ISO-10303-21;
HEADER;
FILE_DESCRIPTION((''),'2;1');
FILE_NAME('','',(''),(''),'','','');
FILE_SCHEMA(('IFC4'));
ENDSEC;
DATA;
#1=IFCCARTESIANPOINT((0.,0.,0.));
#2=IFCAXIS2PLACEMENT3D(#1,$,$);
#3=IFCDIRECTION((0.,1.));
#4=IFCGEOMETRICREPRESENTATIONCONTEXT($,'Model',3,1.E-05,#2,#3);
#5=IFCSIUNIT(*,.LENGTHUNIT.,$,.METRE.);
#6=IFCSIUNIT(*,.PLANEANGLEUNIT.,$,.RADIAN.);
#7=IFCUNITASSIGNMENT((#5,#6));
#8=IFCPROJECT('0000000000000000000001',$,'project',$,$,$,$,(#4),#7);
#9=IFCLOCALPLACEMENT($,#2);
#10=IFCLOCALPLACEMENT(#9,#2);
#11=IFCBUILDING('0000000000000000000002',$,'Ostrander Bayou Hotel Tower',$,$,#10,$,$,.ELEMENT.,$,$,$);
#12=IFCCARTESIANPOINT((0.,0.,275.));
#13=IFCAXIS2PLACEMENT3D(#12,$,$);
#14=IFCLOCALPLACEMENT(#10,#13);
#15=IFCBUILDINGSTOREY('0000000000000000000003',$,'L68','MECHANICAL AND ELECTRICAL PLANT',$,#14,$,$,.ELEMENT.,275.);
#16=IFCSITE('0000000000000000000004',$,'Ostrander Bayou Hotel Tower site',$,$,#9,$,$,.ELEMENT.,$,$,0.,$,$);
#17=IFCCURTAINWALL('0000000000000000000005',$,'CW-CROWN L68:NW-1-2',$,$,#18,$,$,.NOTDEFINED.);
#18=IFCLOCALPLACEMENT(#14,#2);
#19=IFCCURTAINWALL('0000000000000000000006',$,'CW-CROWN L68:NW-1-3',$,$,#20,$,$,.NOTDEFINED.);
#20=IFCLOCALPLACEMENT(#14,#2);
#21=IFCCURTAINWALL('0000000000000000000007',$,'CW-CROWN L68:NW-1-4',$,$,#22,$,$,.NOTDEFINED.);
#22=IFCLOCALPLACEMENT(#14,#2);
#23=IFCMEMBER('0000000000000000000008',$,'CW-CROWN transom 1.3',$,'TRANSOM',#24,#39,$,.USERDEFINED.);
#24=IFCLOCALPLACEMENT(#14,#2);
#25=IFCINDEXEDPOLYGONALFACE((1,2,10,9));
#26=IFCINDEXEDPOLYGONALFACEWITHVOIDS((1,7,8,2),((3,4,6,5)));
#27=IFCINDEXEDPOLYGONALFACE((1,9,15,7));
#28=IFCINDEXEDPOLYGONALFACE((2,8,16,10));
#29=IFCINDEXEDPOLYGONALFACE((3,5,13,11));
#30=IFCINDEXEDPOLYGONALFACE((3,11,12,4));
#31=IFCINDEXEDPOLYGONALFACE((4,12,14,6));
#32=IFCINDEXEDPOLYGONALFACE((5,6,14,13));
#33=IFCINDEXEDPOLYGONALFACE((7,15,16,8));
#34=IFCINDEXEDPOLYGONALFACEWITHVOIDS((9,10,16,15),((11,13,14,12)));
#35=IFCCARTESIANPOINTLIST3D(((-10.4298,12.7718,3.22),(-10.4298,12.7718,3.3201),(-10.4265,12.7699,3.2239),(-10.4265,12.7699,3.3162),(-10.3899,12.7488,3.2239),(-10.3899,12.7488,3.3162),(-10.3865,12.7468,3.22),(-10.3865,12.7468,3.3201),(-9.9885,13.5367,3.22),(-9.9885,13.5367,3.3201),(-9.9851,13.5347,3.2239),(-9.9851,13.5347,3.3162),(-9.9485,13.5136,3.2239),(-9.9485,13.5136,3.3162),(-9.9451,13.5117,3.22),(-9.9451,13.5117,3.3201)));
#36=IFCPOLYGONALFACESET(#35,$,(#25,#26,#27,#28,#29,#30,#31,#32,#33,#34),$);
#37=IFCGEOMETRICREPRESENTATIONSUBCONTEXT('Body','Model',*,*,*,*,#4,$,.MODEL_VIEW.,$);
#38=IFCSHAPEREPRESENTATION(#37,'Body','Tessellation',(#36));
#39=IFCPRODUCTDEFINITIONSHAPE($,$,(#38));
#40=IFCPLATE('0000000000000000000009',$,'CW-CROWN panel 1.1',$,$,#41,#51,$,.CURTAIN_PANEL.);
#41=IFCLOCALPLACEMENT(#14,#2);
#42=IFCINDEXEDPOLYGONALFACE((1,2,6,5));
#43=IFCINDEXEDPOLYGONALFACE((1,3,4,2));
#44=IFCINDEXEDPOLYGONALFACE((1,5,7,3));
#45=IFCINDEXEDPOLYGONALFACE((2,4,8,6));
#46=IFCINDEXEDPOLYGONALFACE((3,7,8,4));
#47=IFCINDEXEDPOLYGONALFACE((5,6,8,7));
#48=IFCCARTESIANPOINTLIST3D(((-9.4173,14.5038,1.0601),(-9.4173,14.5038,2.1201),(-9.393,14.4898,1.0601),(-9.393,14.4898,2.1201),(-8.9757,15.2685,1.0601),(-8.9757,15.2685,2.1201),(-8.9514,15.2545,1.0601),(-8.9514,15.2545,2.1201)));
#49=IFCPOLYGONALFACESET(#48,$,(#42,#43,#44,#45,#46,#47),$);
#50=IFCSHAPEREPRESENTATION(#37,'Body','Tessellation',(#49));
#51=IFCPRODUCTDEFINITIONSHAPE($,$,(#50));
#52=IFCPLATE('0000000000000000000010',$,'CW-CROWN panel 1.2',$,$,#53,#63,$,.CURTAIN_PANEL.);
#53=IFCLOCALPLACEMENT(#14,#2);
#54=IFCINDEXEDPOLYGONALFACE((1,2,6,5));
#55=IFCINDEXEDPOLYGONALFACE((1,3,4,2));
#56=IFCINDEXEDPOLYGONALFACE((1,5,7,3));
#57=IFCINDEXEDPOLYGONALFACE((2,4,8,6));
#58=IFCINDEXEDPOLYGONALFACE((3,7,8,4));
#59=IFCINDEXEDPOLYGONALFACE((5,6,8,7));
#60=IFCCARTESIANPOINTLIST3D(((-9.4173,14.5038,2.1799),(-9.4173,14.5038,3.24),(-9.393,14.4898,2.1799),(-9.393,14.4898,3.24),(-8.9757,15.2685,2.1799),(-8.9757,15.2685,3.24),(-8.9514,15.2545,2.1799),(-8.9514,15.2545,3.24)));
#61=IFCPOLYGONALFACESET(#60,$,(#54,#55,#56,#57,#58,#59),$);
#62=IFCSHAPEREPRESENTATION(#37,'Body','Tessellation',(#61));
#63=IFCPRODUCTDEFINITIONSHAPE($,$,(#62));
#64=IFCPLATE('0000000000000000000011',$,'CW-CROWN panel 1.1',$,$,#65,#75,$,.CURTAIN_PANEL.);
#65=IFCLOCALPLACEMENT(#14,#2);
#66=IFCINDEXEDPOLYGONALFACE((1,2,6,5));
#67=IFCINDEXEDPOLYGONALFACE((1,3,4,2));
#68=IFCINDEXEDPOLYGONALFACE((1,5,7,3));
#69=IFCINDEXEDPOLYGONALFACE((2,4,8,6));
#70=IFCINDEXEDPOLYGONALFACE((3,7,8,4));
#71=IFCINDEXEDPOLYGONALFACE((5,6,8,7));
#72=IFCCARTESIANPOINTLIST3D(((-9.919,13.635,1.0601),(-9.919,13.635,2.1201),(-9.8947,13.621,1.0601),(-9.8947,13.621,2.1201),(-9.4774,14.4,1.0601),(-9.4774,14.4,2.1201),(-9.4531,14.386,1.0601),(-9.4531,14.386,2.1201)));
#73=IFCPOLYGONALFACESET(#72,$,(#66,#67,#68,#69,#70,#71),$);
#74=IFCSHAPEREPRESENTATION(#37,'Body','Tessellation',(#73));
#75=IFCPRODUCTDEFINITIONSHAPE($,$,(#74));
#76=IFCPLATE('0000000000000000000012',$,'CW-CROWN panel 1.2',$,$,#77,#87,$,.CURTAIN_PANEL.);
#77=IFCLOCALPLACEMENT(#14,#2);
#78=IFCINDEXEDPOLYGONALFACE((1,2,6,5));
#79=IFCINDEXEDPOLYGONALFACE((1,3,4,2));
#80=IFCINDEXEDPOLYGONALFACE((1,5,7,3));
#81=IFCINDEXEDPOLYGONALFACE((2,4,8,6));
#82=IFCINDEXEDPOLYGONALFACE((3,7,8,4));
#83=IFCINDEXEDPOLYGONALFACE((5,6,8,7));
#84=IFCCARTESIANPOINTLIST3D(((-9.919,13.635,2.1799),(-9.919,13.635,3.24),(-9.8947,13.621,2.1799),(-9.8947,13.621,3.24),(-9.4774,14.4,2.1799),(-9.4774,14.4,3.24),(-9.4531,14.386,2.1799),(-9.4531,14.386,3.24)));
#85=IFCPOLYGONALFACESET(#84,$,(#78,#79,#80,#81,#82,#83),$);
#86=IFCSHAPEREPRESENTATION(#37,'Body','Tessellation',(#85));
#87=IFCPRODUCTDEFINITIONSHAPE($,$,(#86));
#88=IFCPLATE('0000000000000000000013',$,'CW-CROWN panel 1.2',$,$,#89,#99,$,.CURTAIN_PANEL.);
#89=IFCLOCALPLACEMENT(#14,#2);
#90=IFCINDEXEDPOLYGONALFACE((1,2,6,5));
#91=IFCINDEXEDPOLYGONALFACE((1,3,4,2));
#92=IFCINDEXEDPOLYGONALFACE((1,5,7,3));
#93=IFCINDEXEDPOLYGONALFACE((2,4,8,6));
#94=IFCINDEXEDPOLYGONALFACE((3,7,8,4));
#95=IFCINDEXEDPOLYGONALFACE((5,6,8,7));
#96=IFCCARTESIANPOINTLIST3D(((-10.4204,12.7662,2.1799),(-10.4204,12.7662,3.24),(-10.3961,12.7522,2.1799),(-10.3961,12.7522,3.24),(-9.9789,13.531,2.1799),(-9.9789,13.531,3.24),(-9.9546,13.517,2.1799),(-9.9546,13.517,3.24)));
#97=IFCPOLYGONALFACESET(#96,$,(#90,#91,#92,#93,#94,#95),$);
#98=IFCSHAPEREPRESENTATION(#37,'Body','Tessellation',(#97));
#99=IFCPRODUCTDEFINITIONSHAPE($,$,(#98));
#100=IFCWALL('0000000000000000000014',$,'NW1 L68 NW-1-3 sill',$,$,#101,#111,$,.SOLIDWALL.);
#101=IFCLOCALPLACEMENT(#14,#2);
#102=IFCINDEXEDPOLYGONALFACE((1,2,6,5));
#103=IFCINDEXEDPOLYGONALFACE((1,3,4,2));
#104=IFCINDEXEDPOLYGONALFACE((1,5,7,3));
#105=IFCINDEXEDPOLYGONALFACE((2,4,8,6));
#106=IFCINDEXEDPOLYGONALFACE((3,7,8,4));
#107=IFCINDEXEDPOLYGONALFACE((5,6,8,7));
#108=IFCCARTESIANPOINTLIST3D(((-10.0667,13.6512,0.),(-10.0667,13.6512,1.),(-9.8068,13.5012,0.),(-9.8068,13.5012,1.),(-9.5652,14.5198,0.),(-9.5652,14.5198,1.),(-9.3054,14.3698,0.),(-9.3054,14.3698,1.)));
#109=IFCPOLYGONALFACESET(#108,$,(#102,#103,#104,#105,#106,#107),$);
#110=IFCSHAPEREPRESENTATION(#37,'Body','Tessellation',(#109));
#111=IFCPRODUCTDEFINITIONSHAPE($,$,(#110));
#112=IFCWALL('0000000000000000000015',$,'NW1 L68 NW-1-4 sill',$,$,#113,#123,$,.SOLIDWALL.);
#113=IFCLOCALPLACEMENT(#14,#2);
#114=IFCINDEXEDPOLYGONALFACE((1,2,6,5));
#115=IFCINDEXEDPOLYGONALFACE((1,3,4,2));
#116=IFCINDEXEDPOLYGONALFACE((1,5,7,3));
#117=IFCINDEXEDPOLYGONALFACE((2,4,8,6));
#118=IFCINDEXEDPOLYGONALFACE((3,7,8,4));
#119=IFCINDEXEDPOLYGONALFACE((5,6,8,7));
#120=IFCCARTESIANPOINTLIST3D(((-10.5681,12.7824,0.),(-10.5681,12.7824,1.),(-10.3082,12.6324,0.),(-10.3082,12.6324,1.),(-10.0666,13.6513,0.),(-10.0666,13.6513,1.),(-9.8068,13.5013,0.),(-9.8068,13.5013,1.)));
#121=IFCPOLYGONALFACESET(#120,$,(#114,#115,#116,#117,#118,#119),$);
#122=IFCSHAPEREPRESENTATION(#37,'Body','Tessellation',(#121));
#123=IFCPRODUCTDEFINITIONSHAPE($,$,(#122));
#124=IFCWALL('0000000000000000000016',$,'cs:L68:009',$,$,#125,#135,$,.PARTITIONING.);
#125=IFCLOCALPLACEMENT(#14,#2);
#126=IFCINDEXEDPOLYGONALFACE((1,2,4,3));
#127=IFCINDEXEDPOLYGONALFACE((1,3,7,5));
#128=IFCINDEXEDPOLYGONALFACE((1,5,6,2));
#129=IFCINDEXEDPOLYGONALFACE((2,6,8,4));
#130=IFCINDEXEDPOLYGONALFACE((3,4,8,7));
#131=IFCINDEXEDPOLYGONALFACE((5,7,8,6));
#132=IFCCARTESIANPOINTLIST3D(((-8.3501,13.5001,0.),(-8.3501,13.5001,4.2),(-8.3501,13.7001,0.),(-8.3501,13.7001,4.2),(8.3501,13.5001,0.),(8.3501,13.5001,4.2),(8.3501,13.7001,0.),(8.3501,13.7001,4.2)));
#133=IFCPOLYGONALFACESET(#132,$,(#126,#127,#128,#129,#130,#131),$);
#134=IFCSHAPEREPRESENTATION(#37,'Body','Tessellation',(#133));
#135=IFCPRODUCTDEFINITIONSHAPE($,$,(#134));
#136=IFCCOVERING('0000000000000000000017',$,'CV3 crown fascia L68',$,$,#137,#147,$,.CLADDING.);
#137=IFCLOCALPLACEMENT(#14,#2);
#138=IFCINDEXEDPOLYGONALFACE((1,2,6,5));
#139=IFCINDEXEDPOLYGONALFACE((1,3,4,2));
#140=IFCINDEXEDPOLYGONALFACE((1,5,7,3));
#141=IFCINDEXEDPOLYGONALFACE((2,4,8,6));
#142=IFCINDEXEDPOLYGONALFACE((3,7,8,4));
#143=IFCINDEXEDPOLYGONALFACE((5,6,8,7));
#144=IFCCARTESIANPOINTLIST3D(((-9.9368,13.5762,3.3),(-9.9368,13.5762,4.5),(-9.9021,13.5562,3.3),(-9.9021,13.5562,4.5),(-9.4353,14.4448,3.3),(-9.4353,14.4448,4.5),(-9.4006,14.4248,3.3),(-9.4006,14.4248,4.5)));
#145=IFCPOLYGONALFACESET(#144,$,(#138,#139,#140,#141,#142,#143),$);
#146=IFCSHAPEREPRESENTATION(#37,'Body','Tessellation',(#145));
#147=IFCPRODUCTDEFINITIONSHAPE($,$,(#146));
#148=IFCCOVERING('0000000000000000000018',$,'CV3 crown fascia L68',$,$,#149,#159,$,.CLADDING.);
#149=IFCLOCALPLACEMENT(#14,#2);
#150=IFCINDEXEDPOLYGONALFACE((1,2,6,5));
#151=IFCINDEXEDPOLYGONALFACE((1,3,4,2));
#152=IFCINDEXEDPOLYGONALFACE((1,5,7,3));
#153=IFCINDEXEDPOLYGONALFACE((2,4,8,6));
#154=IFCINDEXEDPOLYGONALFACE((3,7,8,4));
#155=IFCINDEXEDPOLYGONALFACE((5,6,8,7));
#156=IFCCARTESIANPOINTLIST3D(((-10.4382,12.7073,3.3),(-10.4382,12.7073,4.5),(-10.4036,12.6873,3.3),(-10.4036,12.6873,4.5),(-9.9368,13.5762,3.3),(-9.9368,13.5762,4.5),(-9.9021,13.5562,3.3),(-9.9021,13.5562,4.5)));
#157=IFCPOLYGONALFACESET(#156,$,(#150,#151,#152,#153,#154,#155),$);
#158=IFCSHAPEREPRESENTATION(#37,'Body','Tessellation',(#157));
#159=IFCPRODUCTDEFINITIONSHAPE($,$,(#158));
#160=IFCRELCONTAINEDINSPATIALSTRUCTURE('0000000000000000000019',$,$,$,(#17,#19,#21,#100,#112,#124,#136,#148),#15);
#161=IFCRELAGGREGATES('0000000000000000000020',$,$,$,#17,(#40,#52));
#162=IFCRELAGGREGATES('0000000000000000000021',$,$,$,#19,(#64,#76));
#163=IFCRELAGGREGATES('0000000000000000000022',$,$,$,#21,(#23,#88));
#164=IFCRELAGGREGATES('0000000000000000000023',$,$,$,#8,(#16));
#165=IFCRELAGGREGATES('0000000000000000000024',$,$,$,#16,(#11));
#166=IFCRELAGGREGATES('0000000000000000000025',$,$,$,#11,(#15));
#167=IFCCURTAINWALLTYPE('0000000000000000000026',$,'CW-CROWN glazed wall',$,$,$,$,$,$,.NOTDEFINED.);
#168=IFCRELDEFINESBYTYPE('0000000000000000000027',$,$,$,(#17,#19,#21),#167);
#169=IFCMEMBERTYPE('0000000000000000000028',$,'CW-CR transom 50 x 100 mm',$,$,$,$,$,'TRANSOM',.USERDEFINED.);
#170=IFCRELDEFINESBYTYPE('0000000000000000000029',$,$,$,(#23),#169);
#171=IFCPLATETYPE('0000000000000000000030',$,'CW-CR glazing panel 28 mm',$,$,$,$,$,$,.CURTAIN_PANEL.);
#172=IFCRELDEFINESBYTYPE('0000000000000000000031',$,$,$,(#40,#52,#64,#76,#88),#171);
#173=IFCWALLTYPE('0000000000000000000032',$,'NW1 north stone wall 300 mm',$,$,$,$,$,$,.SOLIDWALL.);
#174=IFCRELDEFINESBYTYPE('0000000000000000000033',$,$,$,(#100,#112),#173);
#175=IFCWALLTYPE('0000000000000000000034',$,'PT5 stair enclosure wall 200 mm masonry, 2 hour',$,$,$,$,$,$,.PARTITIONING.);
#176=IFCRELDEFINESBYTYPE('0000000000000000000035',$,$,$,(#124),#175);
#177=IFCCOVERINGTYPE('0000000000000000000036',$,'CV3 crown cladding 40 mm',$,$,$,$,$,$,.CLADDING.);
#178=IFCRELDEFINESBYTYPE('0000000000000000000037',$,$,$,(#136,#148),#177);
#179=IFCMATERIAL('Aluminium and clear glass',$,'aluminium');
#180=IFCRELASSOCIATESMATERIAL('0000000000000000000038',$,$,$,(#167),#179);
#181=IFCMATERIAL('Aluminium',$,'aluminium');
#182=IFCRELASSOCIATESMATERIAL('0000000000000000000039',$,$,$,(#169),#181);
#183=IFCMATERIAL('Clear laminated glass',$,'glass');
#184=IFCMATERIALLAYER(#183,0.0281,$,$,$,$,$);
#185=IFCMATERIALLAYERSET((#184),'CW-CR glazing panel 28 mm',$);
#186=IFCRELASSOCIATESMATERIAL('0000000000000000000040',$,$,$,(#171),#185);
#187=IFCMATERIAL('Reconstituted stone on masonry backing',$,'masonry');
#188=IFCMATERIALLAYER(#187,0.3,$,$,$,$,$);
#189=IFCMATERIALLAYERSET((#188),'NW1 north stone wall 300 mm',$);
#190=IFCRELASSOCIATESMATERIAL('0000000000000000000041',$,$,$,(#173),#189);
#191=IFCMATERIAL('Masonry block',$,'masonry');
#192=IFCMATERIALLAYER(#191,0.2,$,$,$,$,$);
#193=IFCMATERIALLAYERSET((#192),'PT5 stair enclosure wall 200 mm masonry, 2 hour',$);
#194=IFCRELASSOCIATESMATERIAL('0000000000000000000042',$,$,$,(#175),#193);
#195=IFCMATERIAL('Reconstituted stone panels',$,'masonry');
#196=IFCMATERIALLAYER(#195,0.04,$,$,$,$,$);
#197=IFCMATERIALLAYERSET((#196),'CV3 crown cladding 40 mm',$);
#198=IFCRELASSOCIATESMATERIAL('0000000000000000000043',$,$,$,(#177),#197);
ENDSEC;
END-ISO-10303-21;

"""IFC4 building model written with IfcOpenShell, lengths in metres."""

from ifc_helpers import new_model, si_unit, direction, frame, frame_2d, origin, origin_2d, place, context, subcontext, project, spatial, polyline, rectangle, hollow_rectangle, outline, extrude, material, layer, layer_set, material_profile, profile_set, type_object, element, aggregate, save


model = new_model("IFC4")

# Units and contexts
model_context = context("Model", 3, precision=1e-05, world=origin(), true_north=direction((0.0, 1.0)))
body_context = subcontext(model_context, "Body", "Model", "MODEL_VIEW")
ifc_project = project(units=[si_unit("LENGTHUNIT", "METRE"), si_unit("PLANEANGLEUNIT", "RADIAN")], contexts=[model_context])

# Site, building, storey
site_placement = place(None, origin())
site = spatial("IfcSite", under=ifc_project, at=site_placement, Name="Ostrander Bayou Hotel Tower site", CompositionType="ELEMENT", RefElevation=0.0)
building_placement = place(site_placement, origin())
building = spatial("IfcBuilding", under=site, at=building_placement, Name="Ostrander Bayou Hotel Tower", CompositionType="ELEMENT")
storey_placement = place(building_placement, frame((0.0, 0.0, 275.0)))
storey = spatial("IfcBuildingStorey", under=building, at=storey_placement, Name="L68", Description="MECHANICAL AND ELECTRICAL PLANT", CompositionType="ELEMENT", Elevation=275.0)

# Curtain wall
ifc_material_1 = material(Name="Aluminium and clear glass", Category="aluminium")
curtain_wall_type = type_object("IfcCurtainWallType", Name="CW-CROWN glazed wall", PredefinedType="NOTDEFINED", material=ifc_material_1)
curtain_wall_1_placement = place(storey_placement, origin())
curtain_wall_1 = element("IfcCurtainWall", 1, at=curtain_wall_1_placement, inside=storey, type_object=curtain_wall_type, Name="CW-CROWN L68:NW-1-2", PredefinedType="NOTDEFINED")

# Curtain wall
curtain_wall_2_placement = place(storey_placement, origin())
curtain_wall_2 = element("IfcCurtainWall", 2, at=curtain_wall_2_placement, inside=storey, type_object=curtain_wall_type, Name="CW-CROWN L68:NW-1-3", PredefinedType="NOTDEFINED")

# Curtain wall
curtain_wall_3_placement = place(storey_placement, origin())
curtain_wall_3 = element("IfcCurtainWall", 3, at=curtain_wall_3_placement, inside=storey, type_object=curtain_wall_type, Name="CW-CROWN L68:NW-1-4", PredefinedType="NOTDEFINED")

# Member
ifc_material_2 = material(Name="Aluminium", Category="aluminium")
ifc_material_profile_1 = material_profile(ifc_material_2, hollow_rectangle(XDim=0.05, YDim=0.1001, WallThickness=0.0039, at=origin_2d()))
ifc_profile_set_1 = profile_set([ifc_material_profile_1], Name="Aluminium")
member_type_1 = type_object("IfcMemberType", Name="CW-CR transom 50 x 100 mm", ElementType="TRANSOM", PredefinedType="USERDEFINED", material=ifc_profile_set_1)
member_1_placement = place(storey_placement, frame((-9.9668, 13.5242, 3.27), z_axis=(-0.499826, -0.866126, 0.0), x_axis=(0.866126, -0.499826, 0.0)))
member_1 = element("IfcMember", 4, at=member_1_placement, type_object=member_type_1, Name="CW-CROWN transom 1.3", ObjectType="TRANSOM", PredefinedType="USERDEFINED", context=body_context, shape_type="SweptSolid", body=[
    extrude(hollow_rectangle(XDim=0.05, YDim=0.1001, WallThickness=0.0039, at=origin_2d()), origin(), (0.0, 0.0, 1.0), 0.8831),
])

# Plates
ifc_material_3 = material(Name="Clear laminated glass", Category="glass")
ifc_layer_1 = layer(ifc_material_3, 0.0281)
ifc_layer_set_1 = layer_set([ifc_layer_1], Name="CW-CR glazing panel 28 mm")
plate_type = type_object("IfcPlateType", Name="CW-CR glazing panel 28 mm", PredefinedType="CURTAIN_PANEL", material=ifc_layer_set_1)
plate_1_placement = place(storey_placement, frame((-9.1843, 14.8792, 1.0601), z_axis=(0.0, 0.0, 1.0), x_axis=(-0.500042, -0.866001, 0.0)))
plate_1 = element("IfcPlate", 5, at=plate_1_placement, type_object=plate_type, Name="CW-CROWN panel 1.1", PredefinedType="CURTAIN_PANEL", context=body_context, shape_type="SweptSolid", body=[
    extrude(rectangle(XDim=0.8831, YDim=0.0281, at=origin_2d()), origin(), (0.0, 0.0, 1.0), 1.0601),
])
plate_2_placement = place(storey_placement, frame((-9.1843, 14.8792, 2.1799), z_axis=(0.0, 0.0, 1.0), x_axis=(-0.500042, -0.866001, 0.0)))
plate_2 = element("IfcPlate", 6, at=plate_2_placement, type_object=plate_type, Name="CW-CROWN panel 1.2", PredefinedType="CURTAIN_PANEL", context=body_context, shape_type="SweptSolid", body=[
    extrude(rectangle(XDim=0.8831, YDim=0.0281, at=origin_2d()), origin(), (0.0, 0.0, 1.0), 1.0601),
])
aggregate(curtain_wall_1, [plate_1, plate_2])
plate_3_placement = place(storey_placement, frame((-9.686, 14.0105, 1.0601), z_axis=(0.0, 0.0, 1.0), x_axis=(-0.499999, -0.866026, 0.0)))
plate_3 = element("IfcPlate", 7, at=plate_3_placement, type_object=plate_type, Name="CW-CROWN panel 1.1", PredefinedType="CURTAIN_PANEL", context=body_context, shape_type="SweptSolid", body=[
    extrude(rectangle(XDim=0.8833, YDim=0.0281, at=origin_2d()), origin(), (0.0, 0.0, 1.0), 1.0601),
])
plate_4_placement = place(storey_placement, frame((-9.686, 14.0105, 2.1799), z_axis=(0.0, 0.0, 1.0), x_axis=(-0.499999, -0.866026, 0.0)))
plate_4 = element("IfcPlate", 8, at=plate_4_placement, type_object=plate_type, Name="CW-CROWN panel 1.2", PredefinedType="CURTAIN_PANEL", context=body_context, shape_type="SweptSolid", body=[
    extrude(rectangle(XDim=0.8833, YDim=0.0281, at=origin_2d()), origin(), (0.0, 0.0, 1.0), 1.0601),
])
aggregate(curtain_wall_2, [plate_3, plate_4])
plate_5_placement = place(storey_placement, frame((-10.1875, 13.1416, 2.1799), z_axis=(0.0, 0.0, 1.0), x_axis=(-0.499924, -0.866069, 0.0)))
plate_5 = element("IfcPlate", 9, at=plate_5_placement, type_object=plate_type, Name="CW-CROWN panel 1.2", PredefinedType="CURTAIN_PANEL", context=body_context, shape_type="SweptSolid", body=[
    extrude(rectangle(XDim=0.8831, YDim=0.0281, at=origin_2d()), origin(), (0.0, 0.0, 1.0), 1.0601),
])
aggregate(curtain_wall_3, [member_1, plate_5])

# Walls
ifc_material_4 = material(Name="Reconstituted stone on masonry backing", Category="masonry")
ifc_layer_2 = layer(ifc_material_4, 0.3)
ifc_layer_set_2 = layer_set([ifc_layer_2], Name="NW1 north stone wall 300 mm")
wall_type_1 = type_object("IfcWallType", Name="NW1 north stone wall 300 mm", PredefinedType="SOLIDWALL", material=ifc_layer_set_2)
wall_1_placement = place(storey_placement, frame((-9.4353, 14.4448, 0.0), z_axis=(0.0, 0.0, 1.0), x_axis=(-0.499961, -0.866048, 0.0)))
element("IfcWall", 10, at=wall_1_placement, inside=storey, type_object=wall_type_1, Name="NW1 L68 NW-1-3 sill", PredefinedType="SOLIDWALL", context=body_context, shape_type="SweptSolid", body=[
    extrude(rectangle(XDim=1.0029, YDim=0.3, at=frame_2d((0.5015, 0.0))), origin(), (0.0, 0.0, 1.0), 1.0),
])
wall_2_placement = place(storey_placement, frame((-9.9368, 13.5762, 0.0), z_axis=(0.0, 0.0, 1.0), x_axis=(-0.499856, -0.866109, 0.0)))
element("IfcWall", 11, at=wall_2_placement, inside=storey, type_object=wall_type_1, Name="NW1 L68 NW-1-4 sill", PredefinedType="SOLIDWALL", context=body_context, shape_type="SweptSolid", body=[
    extrude(rectangle(XDim=1.0032, YDim=0.3, at=frame_2d((0.5015, 0.0))), origin(), (0.0, 0.0, 1.0), 1.0),
])
ifc_material_5 = material(Name="Masonry block", Category="masonry")
ifc_layer_3 = layer(ifc_material_5, 0.2)
ifc_layer_set_3 = layer_set([ifc_layer_3], Name="PT5 stair enclosure wall 200 mm masonry, 2 hour")
wall_type_2 = type_object("IfcWallType", Name="PT5 stair enclosure wall 200 mm masonry, 2 hour", PredefinedType="PARTITIONING", material=ifc_layer_set_3)
wall_3_placement = place(storey_placement, frame((-8.3501, 13.6001, 0.0), z_axis=(0.0, 0.0, 1.0), x_axis=(1.0, 0.0, 0.0)))
element("IfcWall", 12, at=wall_3_placement, inside=storey, type_object=wall_type_2, Name="cs:L68:009", PredefinedType="PARTITIONING", context=body_context, shape_type="SweptSolid", body=[
    extrude(rectangle(XDim=16.7002, YDim=0.2, at=frame_2d((8.3501, 0.0))), origin(), (0.0, 0.0, 1.0), 4.2),
])

# Coverings
ifc_material_6 = material(Name="Reconstituted stone panels", Category="masonry")
ifc_layer_4 = layer(ifc_material_6, 0.04)
ifc_layer_set_4 = layer_set([ifc_layer_4], Name="CV3 crown cladding 40 mm")
covering_type = type_object("IfcCoveringType", Name="CV3 crown cladding 40 mm", PredefinedType="CLADDING", material=ifc_layer_set_4)
covering_1_placement = place(storey_placement, frame((-9.4353, 14.4448, 3.3), z_axis=(-0.866048, 0.499961, 0.0), x_axis=(-0.499961, -0.866048, 0.0)))
element("IfcCovering", 13, at=covering_1_placement, inside=storey, type_object=covering_type, Name="CV3 crown fascia L68", PredefinedType="CLADDING", context=body_context, shape_type="SweptSolid", body=[
    extrude(outline(polyline([(0.0, 0.0), (1.003, 0.0), (1.003, 1.2), (0.0, 1.2), (0.0, 0.0)])), origin(), (0.0, 0.0, -1.0), 0.04),
])
covering_2_placement = place(storey_placement, frame((-9.9368, 13.5762, 3.3), z_axis=(-0.866109, 0.499856, 0.0), x_axis=(-0.499856, -0.866109, 0.0)))
element("IfcCovering", 14, at=covering_2_placement, inside=storey, type_object=covering_type, Name="CV3 crown fascia L68", PredefinedType="CLADDING", context=body_context, shape_type="SweptSolid", body=[
    extrude(outline(polyline([(0.0, 0.0), (1.0032, 0.0), (1.0032, 1.2), (0.0, 1.2), (0.0, 0.0)])), origin(), (0.0, 0.0, -1.0), 0.04),
])

save(model, "model.ifc")
